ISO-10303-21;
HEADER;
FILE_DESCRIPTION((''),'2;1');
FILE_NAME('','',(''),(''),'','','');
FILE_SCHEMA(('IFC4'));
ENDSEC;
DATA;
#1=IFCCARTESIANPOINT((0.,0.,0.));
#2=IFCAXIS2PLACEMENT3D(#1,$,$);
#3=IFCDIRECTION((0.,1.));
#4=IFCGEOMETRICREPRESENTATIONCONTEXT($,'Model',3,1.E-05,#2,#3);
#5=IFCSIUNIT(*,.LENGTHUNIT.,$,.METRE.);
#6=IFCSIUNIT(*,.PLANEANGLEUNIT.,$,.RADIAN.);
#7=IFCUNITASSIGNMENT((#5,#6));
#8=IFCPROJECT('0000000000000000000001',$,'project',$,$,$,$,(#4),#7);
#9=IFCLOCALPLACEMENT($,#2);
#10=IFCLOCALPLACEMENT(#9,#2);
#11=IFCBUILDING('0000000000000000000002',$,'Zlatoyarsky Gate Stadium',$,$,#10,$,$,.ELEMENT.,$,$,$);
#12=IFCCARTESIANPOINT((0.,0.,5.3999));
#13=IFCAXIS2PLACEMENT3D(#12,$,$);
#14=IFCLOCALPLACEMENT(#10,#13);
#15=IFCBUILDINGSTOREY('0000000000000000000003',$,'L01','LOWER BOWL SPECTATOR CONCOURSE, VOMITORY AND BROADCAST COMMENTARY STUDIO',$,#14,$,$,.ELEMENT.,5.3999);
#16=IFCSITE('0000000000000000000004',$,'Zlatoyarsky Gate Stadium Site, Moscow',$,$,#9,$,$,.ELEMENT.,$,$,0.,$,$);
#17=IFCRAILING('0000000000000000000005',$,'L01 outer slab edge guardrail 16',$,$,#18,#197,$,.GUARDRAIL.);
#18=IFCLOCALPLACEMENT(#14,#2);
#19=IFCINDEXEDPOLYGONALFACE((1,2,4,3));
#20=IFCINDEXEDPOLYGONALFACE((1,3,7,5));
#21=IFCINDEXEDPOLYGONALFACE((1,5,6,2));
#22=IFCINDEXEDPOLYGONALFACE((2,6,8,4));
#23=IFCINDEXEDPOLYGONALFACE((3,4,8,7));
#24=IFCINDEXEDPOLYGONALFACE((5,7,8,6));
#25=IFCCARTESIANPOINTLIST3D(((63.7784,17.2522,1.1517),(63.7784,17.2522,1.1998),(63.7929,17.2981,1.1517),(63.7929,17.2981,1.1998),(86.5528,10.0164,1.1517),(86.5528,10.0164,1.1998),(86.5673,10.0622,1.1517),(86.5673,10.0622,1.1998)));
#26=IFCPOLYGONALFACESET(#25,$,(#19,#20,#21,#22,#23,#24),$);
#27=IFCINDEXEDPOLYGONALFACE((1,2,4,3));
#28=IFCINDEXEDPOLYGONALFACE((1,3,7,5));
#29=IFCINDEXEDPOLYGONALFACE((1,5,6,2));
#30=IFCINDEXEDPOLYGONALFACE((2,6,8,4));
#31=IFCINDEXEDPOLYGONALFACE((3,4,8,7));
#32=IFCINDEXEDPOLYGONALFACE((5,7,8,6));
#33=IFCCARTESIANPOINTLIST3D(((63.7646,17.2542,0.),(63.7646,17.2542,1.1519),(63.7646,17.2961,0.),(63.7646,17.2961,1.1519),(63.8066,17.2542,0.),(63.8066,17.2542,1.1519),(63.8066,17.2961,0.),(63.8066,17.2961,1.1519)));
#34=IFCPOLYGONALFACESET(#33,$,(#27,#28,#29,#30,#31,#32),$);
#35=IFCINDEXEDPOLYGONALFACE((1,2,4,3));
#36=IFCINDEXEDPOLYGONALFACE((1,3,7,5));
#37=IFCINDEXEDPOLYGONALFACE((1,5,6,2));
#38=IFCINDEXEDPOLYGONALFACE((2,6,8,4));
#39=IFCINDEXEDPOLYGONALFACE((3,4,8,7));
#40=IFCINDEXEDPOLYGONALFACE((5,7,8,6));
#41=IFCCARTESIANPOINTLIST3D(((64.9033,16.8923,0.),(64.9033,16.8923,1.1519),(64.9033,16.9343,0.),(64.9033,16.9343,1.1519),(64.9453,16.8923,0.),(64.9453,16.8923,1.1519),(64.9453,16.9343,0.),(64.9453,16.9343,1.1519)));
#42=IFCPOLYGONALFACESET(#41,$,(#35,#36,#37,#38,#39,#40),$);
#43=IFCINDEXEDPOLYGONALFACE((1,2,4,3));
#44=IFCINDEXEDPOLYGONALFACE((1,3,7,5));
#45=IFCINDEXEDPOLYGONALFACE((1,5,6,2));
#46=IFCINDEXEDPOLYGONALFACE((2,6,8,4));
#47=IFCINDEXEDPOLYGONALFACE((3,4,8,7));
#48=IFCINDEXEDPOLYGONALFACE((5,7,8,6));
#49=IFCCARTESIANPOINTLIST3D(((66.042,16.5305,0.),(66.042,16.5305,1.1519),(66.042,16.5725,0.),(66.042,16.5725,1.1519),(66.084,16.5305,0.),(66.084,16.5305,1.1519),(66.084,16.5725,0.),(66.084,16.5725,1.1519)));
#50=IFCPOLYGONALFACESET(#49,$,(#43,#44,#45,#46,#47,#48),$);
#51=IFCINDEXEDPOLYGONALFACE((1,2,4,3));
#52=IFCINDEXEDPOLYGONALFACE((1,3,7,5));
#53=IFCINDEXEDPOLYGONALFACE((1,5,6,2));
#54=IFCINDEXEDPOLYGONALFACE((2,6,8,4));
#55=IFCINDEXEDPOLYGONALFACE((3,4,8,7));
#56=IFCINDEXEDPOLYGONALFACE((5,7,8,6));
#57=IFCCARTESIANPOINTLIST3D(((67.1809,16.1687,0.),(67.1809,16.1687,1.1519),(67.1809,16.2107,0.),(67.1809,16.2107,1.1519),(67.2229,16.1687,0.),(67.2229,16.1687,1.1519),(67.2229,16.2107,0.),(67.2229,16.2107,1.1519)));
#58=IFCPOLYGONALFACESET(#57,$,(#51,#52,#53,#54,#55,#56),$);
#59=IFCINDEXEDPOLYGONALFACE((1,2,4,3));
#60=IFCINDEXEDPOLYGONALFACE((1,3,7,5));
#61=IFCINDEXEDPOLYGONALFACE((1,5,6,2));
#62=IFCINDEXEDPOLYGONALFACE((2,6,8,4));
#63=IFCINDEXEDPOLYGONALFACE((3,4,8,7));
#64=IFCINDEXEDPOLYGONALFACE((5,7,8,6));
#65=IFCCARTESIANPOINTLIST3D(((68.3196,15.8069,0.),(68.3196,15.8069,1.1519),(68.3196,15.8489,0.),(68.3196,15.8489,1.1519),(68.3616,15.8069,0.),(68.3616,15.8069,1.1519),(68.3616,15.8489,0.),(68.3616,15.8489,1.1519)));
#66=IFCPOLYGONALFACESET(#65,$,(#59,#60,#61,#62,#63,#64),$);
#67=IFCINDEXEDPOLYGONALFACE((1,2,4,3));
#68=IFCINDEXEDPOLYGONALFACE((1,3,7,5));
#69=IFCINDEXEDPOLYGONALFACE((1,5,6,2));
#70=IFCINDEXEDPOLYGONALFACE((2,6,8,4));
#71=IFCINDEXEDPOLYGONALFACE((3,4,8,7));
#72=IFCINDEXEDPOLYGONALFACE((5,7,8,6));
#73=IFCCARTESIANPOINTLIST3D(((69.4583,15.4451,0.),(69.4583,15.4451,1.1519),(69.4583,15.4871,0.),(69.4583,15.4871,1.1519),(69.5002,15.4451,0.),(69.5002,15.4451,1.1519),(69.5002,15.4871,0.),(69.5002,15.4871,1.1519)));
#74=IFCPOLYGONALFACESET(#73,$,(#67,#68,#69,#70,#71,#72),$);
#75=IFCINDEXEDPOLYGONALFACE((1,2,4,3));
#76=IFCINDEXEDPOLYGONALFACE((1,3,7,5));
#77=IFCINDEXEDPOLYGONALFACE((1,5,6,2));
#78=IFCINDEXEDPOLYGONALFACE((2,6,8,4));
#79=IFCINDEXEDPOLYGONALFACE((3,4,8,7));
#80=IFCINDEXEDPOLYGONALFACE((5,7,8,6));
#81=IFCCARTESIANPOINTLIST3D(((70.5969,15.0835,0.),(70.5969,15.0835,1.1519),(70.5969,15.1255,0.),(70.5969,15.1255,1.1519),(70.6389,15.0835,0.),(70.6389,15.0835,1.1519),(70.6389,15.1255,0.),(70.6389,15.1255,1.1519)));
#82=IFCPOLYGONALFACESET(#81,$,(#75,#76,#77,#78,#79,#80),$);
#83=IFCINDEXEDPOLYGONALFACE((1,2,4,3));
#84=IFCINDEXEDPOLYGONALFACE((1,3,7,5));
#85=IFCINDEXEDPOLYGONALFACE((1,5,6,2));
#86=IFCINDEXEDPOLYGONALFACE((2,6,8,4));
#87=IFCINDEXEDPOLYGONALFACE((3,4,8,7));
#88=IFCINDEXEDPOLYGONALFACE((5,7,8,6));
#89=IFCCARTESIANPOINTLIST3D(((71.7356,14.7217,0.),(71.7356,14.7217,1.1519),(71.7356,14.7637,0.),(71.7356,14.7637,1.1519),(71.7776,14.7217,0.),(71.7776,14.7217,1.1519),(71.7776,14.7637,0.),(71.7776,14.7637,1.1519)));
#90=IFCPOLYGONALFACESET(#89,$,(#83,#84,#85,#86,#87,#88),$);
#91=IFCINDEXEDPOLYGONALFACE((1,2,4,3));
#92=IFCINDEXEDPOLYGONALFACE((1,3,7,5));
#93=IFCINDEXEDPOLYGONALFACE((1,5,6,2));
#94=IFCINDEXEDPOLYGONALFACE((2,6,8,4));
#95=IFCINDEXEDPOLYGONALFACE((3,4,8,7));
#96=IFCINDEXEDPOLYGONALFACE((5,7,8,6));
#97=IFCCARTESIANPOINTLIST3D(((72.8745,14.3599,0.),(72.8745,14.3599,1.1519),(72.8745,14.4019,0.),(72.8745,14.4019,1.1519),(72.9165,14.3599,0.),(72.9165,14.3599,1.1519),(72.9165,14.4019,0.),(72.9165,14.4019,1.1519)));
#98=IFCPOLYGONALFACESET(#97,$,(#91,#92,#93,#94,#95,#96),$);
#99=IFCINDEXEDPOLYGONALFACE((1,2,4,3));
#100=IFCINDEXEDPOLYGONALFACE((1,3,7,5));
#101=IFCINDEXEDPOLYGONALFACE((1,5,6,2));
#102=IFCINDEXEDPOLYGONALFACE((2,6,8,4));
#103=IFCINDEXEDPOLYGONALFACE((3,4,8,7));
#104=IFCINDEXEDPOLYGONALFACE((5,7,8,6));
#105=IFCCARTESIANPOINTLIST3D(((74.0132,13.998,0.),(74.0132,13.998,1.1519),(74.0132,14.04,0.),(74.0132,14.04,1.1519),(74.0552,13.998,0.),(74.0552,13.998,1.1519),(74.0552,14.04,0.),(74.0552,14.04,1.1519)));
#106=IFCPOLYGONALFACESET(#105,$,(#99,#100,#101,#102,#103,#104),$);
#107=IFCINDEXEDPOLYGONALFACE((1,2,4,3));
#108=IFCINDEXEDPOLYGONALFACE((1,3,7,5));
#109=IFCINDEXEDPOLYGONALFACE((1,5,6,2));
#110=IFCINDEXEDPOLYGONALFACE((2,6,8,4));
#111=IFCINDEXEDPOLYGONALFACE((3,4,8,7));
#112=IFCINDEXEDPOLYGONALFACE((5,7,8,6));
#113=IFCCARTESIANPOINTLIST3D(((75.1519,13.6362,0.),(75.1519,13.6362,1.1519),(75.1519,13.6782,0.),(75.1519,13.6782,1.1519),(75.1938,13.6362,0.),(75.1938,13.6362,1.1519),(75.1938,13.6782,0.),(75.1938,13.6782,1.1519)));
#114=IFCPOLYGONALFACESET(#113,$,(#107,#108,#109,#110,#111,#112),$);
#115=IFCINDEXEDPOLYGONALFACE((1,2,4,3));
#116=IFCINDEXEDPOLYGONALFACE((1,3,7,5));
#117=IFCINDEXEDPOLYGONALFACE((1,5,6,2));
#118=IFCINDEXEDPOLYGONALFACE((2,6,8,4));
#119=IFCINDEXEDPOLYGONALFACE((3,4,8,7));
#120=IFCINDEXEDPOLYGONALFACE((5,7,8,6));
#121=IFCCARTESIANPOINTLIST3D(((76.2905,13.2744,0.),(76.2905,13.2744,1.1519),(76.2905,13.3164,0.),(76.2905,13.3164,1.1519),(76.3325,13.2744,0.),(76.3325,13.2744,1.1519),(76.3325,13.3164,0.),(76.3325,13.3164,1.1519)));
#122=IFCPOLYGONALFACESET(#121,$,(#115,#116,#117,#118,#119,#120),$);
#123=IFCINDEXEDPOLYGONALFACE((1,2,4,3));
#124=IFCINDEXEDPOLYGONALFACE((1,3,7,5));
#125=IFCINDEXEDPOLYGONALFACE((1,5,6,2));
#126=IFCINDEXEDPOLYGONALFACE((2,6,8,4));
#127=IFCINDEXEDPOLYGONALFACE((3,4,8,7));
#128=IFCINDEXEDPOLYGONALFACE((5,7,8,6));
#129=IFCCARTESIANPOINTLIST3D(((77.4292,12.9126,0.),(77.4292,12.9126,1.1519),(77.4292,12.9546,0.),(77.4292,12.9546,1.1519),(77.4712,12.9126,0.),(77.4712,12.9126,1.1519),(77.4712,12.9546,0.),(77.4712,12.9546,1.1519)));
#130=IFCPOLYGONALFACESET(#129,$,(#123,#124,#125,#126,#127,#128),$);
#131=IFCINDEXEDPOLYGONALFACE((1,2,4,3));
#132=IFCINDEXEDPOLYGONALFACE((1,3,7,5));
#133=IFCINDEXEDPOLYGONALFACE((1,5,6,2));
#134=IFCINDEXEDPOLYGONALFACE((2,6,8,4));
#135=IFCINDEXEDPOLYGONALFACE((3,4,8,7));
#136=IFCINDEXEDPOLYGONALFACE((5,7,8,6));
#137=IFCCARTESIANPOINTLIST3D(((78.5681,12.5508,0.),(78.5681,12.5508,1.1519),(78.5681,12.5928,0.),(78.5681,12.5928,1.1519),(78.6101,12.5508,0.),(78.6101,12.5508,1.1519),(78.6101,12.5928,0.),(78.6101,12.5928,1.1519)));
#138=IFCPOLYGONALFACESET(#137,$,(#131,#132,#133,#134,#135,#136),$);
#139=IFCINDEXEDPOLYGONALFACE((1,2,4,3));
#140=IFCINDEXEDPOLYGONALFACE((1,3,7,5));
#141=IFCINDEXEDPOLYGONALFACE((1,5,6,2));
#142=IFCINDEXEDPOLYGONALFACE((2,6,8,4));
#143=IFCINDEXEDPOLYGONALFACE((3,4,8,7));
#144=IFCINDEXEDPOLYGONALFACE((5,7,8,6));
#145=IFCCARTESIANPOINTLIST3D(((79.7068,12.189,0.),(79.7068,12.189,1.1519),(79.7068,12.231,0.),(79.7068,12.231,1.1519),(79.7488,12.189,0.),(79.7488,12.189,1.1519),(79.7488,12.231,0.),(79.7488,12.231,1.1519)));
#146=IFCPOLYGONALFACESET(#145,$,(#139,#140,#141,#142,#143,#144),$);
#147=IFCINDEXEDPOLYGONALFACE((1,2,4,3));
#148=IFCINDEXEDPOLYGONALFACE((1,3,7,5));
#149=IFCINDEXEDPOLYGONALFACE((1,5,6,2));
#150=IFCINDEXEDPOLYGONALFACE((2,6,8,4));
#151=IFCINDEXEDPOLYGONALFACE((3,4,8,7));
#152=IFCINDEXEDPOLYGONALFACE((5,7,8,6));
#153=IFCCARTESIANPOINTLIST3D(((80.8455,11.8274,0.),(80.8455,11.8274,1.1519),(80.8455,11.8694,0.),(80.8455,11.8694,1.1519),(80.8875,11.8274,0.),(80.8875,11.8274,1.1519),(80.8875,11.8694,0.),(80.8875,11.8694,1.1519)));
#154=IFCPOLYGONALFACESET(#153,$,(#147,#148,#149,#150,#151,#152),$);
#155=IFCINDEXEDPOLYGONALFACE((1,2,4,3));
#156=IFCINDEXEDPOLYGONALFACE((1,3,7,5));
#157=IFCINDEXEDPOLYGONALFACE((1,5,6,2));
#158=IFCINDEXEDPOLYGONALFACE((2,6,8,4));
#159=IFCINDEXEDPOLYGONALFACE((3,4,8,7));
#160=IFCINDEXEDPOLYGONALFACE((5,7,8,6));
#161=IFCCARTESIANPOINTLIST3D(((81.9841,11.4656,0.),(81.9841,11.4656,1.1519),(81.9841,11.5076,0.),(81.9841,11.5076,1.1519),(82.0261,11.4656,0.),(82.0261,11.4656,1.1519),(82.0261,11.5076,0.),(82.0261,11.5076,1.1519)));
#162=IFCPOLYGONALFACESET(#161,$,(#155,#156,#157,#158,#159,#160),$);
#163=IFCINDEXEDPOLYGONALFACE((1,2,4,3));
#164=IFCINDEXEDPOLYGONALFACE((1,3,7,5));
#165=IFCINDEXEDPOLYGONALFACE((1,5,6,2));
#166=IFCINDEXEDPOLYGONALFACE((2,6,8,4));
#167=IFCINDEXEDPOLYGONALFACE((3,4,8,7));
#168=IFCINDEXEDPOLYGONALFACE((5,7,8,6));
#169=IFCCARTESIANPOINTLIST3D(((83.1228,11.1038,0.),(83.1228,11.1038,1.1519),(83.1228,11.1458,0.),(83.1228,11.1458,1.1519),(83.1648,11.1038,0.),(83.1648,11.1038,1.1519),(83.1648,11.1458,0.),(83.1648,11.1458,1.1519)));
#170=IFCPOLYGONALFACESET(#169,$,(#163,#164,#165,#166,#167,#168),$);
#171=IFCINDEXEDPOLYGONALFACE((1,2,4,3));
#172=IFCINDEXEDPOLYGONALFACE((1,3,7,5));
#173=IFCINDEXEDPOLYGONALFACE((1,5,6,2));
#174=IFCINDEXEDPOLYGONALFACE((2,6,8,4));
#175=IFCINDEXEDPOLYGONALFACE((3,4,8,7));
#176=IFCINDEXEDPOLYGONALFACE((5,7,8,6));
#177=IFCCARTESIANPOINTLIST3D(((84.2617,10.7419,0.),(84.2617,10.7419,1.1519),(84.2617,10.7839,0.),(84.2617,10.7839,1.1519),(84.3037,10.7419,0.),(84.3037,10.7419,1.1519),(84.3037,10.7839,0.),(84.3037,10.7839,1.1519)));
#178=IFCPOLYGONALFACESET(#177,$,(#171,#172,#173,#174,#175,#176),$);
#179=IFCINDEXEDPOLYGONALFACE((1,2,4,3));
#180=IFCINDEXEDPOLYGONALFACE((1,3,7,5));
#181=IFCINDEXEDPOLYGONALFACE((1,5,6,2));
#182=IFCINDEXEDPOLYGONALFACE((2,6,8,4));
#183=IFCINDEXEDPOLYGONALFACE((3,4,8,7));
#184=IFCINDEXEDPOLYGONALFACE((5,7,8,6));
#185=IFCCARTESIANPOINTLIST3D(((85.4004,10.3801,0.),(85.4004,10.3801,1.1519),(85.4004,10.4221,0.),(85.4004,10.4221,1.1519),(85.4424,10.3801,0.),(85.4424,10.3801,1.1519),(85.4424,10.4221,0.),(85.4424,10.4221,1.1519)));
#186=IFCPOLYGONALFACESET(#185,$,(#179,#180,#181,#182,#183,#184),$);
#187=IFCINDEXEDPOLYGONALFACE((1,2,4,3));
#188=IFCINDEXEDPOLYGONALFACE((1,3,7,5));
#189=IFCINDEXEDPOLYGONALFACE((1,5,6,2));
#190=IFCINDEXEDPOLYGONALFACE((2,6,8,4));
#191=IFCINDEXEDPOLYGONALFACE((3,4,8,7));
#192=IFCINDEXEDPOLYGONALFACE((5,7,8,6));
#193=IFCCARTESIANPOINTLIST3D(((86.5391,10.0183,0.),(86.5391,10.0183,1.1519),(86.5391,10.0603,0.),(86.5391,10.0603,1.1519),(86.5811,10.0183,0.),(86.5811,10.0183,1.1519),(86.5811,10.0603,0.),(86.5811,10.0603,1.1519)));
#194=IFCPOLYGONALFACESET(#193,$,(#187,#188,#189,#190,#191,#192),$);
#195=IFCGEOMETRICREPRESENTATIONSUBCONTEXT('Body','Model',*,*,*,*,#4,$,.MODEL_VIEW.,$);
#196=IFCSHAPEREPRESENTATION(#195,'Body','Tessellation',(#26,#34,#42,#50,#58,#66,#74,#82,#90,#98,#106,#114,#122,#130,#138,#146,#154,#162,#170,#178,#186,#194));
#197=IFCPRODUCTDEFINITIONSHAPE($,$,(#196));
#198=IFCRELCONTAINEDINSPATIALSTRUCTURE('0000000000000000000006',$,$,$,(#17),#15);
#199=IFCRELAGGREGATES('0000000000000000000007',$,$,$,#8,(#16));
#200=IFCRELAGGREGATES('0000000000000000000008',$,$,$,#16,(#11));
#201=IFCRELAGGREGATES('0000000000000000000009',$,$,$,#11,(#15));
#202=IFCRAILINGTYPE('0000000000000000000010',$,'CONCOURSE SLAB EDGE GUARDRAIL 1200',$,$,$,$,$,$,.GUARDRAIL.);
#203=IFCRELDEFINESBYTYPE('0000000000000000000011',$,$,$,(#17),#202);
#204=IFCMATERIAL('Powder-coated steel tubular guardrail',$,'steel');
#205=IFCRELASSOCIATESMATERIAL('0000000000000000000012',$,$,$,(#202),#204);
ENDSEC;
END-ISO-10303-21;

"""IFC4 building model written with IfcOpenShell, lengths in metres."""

from ifc_helpers import new_model, si_unit, direction, frame, origin, origin_2d, place, context, subcontext, project, spatial, rectangle, extrude, material, type_object, element, save


model = new_model("IFC4")

# Units and contexts
model_context = context("Model", 3, precision=1e-05, world=origin(), true_north=direction((0.0, 1.0)))
body_context = subcontext(model_context, "Body", "Model", "MODEL_VIEW")
ifc_project = project(units=[si_unit("LENGTHUNIT", "METRE"), si_unit("PLANEANGLEUNIT", "RADIAN")], contexts=[model_context])

# Site, building, storey
site_placement = place(None, origin())
site = spatial("IfcSite", under=ifc_project, at=site_placement, Name="Zlatoyarsky Gate Stadium Site, Moscow", CompositionType="ELEMENT", RefElevation=0.0)
building_placement = place(site_placement, origin())
building = spatial("IfcBuilding", under=site, at=building_placement, Name="Zlatoyarsky Gate Stadium", CompositionType="ELEMENT")
storey_placement = place(building_placement, frame((0.0, 0.0, 5.3999)))
storey = spatial("IfcBuildingStorey", under=building, at=storey_placement, Name="L01", Description="LOWER BOWL SPECTATOR CONCOURSE, VOMITORY AND BROADCAST COMMENTARY STUDIO", CompositionType="ELEMENT", Elevation=5.3999)

# Railing
ifc_material_1 = material(Name="Powder-coated steel tubular guardrail", Category="steel")
railing_type = type_object("IfcRailingType", Name="CONCOURSE SLAB EDGE GUARDRAIL 1200", PredefinedType="GUARDRAIL", material=ifc_material_1)
railing_placement = place(storey_placement, frame((63.7856, 17.2751, 0.0)))
element("IfcRailing", 1, at=railing_placement, inside=storey, type_object=railing_type, Name="L01 outer slab edge guardrail 16", PredefinedType="GUARDRAIL", context=body_context, shape_type="SweptSolid", body=[
    extrude(rectangle(XDim=0.0481, YDim=0.0481, at=origin_2d()), frame((0.0, 0.0, 1.1758), z_axis=(0.953053, -0.302802, 0.0), x_axis=(0.302802, 0.953053, 0.0)), (0.0, 0.0, 1.0), 23.8962),
    extrude(rectangle(XDim=0.042, YDim=0.042, at=origin_2d()), origin(), (0.0, 0.0, 1.0), 1.1519),
    extrude(rectangle(XDim=0.042, YDim=0.042, at=origin_2d()), frame((1.1387, -0.3618, 0.0)), (0.0, 0.0, 1.0), 1.1519),
    extrude(rectangle(XDim=0.042, YDim=0.042, at=origin_2d()), frame((2.2773, -0.7236, 0.0)), (0.0, 0.0, 1.0), 1.1519),
    extrude(rectangle(XDim=0.042, YDim=0.042, at=origin_2d()), frame((3.4163, -1.0854, 0.0)), (0.0, 0.0, 1.0), 1.1519),
    extrude(rectangle(XDim=0.042, YDim=0.042, at=origin_2d()), frame((4.5549, -1.4473, 0.0)), (0.0, 0.0, 1.0), 1.1519),
    extrude(rectangle(XDim=0.042, YDim=0.042, at=origin_2d()), frame((5.6936, -1.8091, 0.0)), (0.0, 0.0, 1.0), 1.1519),
    extrude(rectangle(XDim=0.042, YDim=0.042, at=origin_2d()), frame((6.8323, -2.1707, 0.0)), (0.0, 0.0, 1.0), 1.1519),
    extrude(rectangle(XDim=0.042, YDim=0.042, at=origin_2d()), frame((7.9709, -2.5325, 0.0)), (0.0, 0.0, 1.0), 1.1519),
    extrude(rectangle(XDim=0.042, YDim=0.042, at=origin_2d()), frame((9.1099, -2.8943, 0.0)), (0.0, 0.0, 1.0), 1.1519),
    extrude(rectangle(XDim=0.042, YDim=0.042, at=origin_2d()), frame((10.2485, -3.2561, 0.0)), (0.0, 0.0, 1.0), 1.1519),
    extrude(rectangle(XDim=0.042, YDim=0.042, at=origin_2d()), frame((11.3872, -3.6179, 0.0)), (0.0, 0.0, 1.0), 1.1519),
    extrude(rectangle(XDim=0.042, YDim=0.042, at=origin_2d()), frame((12.5259, -3.9797, 0.0)), (0.0, 0.0, 1.0), 1.1519),
    extrude(rectangle(XDim=0.042, YDim=0.042, at=origin_2d()), frame((13.6646, -4.3416, 0.0)), (0.0, 0.0, 1.0), 1.1519),
    extrude(rectangle(XDim=0.042, YDim=0.042, at=origin_2d()), frame((14.8035, -4.7034, 0.0)), (0.0, 0.0, 1.0), 1.1519),
    extrude(rectangle(XDim=0.042, YDim=0.042, at=origin_2d()), frame((15.9421, -5.0652, 0.0)), (0.0, 0.0, 1.0), 1.1519),
    extrude(rectangle(XDim=0.042, YDim=0.042, at=origin_2d()), frame((17.0808, -5.4268, 0.0)), (0.0, 0.0, 1.0), 1.1519),
    extrude(rectangle(XDim=0.042, YDim=0.042, at=origin_2d()), frame((18.2195, -5.7886, 0.0)), (0.0, 0.0, 1.0), 1.1519),
    extrude(rectangle(XDim=0.042, YDim=0.042, at=origin_2d()), frame((19.3582, -6.1504, 0.0)), (0.0, 0.0, 1.0), 1.1519),
    extrude(rectangle(XDim=0.042, YDim=0.042, at=origin_2d()), frame((20.4971, -6.5122, 0.0)), (0.0, 0.0, 1.0), 1.1519),
    extrude(rectangle(XDim=0.042, YDim=0.042, at=origin_2d()), frame((21.6357, -6.874, 0.0)), (0.0, 0.0, 1.0), 1.1519),
    extrude(rectangle(XDim=0.042, YDim=0.042, at=origin_2d()), frame((22.7744, -7.2358, 0.0)), (0.0, 0.0, 1.0), 1.1519),
])

save(model, "model.ifc")
